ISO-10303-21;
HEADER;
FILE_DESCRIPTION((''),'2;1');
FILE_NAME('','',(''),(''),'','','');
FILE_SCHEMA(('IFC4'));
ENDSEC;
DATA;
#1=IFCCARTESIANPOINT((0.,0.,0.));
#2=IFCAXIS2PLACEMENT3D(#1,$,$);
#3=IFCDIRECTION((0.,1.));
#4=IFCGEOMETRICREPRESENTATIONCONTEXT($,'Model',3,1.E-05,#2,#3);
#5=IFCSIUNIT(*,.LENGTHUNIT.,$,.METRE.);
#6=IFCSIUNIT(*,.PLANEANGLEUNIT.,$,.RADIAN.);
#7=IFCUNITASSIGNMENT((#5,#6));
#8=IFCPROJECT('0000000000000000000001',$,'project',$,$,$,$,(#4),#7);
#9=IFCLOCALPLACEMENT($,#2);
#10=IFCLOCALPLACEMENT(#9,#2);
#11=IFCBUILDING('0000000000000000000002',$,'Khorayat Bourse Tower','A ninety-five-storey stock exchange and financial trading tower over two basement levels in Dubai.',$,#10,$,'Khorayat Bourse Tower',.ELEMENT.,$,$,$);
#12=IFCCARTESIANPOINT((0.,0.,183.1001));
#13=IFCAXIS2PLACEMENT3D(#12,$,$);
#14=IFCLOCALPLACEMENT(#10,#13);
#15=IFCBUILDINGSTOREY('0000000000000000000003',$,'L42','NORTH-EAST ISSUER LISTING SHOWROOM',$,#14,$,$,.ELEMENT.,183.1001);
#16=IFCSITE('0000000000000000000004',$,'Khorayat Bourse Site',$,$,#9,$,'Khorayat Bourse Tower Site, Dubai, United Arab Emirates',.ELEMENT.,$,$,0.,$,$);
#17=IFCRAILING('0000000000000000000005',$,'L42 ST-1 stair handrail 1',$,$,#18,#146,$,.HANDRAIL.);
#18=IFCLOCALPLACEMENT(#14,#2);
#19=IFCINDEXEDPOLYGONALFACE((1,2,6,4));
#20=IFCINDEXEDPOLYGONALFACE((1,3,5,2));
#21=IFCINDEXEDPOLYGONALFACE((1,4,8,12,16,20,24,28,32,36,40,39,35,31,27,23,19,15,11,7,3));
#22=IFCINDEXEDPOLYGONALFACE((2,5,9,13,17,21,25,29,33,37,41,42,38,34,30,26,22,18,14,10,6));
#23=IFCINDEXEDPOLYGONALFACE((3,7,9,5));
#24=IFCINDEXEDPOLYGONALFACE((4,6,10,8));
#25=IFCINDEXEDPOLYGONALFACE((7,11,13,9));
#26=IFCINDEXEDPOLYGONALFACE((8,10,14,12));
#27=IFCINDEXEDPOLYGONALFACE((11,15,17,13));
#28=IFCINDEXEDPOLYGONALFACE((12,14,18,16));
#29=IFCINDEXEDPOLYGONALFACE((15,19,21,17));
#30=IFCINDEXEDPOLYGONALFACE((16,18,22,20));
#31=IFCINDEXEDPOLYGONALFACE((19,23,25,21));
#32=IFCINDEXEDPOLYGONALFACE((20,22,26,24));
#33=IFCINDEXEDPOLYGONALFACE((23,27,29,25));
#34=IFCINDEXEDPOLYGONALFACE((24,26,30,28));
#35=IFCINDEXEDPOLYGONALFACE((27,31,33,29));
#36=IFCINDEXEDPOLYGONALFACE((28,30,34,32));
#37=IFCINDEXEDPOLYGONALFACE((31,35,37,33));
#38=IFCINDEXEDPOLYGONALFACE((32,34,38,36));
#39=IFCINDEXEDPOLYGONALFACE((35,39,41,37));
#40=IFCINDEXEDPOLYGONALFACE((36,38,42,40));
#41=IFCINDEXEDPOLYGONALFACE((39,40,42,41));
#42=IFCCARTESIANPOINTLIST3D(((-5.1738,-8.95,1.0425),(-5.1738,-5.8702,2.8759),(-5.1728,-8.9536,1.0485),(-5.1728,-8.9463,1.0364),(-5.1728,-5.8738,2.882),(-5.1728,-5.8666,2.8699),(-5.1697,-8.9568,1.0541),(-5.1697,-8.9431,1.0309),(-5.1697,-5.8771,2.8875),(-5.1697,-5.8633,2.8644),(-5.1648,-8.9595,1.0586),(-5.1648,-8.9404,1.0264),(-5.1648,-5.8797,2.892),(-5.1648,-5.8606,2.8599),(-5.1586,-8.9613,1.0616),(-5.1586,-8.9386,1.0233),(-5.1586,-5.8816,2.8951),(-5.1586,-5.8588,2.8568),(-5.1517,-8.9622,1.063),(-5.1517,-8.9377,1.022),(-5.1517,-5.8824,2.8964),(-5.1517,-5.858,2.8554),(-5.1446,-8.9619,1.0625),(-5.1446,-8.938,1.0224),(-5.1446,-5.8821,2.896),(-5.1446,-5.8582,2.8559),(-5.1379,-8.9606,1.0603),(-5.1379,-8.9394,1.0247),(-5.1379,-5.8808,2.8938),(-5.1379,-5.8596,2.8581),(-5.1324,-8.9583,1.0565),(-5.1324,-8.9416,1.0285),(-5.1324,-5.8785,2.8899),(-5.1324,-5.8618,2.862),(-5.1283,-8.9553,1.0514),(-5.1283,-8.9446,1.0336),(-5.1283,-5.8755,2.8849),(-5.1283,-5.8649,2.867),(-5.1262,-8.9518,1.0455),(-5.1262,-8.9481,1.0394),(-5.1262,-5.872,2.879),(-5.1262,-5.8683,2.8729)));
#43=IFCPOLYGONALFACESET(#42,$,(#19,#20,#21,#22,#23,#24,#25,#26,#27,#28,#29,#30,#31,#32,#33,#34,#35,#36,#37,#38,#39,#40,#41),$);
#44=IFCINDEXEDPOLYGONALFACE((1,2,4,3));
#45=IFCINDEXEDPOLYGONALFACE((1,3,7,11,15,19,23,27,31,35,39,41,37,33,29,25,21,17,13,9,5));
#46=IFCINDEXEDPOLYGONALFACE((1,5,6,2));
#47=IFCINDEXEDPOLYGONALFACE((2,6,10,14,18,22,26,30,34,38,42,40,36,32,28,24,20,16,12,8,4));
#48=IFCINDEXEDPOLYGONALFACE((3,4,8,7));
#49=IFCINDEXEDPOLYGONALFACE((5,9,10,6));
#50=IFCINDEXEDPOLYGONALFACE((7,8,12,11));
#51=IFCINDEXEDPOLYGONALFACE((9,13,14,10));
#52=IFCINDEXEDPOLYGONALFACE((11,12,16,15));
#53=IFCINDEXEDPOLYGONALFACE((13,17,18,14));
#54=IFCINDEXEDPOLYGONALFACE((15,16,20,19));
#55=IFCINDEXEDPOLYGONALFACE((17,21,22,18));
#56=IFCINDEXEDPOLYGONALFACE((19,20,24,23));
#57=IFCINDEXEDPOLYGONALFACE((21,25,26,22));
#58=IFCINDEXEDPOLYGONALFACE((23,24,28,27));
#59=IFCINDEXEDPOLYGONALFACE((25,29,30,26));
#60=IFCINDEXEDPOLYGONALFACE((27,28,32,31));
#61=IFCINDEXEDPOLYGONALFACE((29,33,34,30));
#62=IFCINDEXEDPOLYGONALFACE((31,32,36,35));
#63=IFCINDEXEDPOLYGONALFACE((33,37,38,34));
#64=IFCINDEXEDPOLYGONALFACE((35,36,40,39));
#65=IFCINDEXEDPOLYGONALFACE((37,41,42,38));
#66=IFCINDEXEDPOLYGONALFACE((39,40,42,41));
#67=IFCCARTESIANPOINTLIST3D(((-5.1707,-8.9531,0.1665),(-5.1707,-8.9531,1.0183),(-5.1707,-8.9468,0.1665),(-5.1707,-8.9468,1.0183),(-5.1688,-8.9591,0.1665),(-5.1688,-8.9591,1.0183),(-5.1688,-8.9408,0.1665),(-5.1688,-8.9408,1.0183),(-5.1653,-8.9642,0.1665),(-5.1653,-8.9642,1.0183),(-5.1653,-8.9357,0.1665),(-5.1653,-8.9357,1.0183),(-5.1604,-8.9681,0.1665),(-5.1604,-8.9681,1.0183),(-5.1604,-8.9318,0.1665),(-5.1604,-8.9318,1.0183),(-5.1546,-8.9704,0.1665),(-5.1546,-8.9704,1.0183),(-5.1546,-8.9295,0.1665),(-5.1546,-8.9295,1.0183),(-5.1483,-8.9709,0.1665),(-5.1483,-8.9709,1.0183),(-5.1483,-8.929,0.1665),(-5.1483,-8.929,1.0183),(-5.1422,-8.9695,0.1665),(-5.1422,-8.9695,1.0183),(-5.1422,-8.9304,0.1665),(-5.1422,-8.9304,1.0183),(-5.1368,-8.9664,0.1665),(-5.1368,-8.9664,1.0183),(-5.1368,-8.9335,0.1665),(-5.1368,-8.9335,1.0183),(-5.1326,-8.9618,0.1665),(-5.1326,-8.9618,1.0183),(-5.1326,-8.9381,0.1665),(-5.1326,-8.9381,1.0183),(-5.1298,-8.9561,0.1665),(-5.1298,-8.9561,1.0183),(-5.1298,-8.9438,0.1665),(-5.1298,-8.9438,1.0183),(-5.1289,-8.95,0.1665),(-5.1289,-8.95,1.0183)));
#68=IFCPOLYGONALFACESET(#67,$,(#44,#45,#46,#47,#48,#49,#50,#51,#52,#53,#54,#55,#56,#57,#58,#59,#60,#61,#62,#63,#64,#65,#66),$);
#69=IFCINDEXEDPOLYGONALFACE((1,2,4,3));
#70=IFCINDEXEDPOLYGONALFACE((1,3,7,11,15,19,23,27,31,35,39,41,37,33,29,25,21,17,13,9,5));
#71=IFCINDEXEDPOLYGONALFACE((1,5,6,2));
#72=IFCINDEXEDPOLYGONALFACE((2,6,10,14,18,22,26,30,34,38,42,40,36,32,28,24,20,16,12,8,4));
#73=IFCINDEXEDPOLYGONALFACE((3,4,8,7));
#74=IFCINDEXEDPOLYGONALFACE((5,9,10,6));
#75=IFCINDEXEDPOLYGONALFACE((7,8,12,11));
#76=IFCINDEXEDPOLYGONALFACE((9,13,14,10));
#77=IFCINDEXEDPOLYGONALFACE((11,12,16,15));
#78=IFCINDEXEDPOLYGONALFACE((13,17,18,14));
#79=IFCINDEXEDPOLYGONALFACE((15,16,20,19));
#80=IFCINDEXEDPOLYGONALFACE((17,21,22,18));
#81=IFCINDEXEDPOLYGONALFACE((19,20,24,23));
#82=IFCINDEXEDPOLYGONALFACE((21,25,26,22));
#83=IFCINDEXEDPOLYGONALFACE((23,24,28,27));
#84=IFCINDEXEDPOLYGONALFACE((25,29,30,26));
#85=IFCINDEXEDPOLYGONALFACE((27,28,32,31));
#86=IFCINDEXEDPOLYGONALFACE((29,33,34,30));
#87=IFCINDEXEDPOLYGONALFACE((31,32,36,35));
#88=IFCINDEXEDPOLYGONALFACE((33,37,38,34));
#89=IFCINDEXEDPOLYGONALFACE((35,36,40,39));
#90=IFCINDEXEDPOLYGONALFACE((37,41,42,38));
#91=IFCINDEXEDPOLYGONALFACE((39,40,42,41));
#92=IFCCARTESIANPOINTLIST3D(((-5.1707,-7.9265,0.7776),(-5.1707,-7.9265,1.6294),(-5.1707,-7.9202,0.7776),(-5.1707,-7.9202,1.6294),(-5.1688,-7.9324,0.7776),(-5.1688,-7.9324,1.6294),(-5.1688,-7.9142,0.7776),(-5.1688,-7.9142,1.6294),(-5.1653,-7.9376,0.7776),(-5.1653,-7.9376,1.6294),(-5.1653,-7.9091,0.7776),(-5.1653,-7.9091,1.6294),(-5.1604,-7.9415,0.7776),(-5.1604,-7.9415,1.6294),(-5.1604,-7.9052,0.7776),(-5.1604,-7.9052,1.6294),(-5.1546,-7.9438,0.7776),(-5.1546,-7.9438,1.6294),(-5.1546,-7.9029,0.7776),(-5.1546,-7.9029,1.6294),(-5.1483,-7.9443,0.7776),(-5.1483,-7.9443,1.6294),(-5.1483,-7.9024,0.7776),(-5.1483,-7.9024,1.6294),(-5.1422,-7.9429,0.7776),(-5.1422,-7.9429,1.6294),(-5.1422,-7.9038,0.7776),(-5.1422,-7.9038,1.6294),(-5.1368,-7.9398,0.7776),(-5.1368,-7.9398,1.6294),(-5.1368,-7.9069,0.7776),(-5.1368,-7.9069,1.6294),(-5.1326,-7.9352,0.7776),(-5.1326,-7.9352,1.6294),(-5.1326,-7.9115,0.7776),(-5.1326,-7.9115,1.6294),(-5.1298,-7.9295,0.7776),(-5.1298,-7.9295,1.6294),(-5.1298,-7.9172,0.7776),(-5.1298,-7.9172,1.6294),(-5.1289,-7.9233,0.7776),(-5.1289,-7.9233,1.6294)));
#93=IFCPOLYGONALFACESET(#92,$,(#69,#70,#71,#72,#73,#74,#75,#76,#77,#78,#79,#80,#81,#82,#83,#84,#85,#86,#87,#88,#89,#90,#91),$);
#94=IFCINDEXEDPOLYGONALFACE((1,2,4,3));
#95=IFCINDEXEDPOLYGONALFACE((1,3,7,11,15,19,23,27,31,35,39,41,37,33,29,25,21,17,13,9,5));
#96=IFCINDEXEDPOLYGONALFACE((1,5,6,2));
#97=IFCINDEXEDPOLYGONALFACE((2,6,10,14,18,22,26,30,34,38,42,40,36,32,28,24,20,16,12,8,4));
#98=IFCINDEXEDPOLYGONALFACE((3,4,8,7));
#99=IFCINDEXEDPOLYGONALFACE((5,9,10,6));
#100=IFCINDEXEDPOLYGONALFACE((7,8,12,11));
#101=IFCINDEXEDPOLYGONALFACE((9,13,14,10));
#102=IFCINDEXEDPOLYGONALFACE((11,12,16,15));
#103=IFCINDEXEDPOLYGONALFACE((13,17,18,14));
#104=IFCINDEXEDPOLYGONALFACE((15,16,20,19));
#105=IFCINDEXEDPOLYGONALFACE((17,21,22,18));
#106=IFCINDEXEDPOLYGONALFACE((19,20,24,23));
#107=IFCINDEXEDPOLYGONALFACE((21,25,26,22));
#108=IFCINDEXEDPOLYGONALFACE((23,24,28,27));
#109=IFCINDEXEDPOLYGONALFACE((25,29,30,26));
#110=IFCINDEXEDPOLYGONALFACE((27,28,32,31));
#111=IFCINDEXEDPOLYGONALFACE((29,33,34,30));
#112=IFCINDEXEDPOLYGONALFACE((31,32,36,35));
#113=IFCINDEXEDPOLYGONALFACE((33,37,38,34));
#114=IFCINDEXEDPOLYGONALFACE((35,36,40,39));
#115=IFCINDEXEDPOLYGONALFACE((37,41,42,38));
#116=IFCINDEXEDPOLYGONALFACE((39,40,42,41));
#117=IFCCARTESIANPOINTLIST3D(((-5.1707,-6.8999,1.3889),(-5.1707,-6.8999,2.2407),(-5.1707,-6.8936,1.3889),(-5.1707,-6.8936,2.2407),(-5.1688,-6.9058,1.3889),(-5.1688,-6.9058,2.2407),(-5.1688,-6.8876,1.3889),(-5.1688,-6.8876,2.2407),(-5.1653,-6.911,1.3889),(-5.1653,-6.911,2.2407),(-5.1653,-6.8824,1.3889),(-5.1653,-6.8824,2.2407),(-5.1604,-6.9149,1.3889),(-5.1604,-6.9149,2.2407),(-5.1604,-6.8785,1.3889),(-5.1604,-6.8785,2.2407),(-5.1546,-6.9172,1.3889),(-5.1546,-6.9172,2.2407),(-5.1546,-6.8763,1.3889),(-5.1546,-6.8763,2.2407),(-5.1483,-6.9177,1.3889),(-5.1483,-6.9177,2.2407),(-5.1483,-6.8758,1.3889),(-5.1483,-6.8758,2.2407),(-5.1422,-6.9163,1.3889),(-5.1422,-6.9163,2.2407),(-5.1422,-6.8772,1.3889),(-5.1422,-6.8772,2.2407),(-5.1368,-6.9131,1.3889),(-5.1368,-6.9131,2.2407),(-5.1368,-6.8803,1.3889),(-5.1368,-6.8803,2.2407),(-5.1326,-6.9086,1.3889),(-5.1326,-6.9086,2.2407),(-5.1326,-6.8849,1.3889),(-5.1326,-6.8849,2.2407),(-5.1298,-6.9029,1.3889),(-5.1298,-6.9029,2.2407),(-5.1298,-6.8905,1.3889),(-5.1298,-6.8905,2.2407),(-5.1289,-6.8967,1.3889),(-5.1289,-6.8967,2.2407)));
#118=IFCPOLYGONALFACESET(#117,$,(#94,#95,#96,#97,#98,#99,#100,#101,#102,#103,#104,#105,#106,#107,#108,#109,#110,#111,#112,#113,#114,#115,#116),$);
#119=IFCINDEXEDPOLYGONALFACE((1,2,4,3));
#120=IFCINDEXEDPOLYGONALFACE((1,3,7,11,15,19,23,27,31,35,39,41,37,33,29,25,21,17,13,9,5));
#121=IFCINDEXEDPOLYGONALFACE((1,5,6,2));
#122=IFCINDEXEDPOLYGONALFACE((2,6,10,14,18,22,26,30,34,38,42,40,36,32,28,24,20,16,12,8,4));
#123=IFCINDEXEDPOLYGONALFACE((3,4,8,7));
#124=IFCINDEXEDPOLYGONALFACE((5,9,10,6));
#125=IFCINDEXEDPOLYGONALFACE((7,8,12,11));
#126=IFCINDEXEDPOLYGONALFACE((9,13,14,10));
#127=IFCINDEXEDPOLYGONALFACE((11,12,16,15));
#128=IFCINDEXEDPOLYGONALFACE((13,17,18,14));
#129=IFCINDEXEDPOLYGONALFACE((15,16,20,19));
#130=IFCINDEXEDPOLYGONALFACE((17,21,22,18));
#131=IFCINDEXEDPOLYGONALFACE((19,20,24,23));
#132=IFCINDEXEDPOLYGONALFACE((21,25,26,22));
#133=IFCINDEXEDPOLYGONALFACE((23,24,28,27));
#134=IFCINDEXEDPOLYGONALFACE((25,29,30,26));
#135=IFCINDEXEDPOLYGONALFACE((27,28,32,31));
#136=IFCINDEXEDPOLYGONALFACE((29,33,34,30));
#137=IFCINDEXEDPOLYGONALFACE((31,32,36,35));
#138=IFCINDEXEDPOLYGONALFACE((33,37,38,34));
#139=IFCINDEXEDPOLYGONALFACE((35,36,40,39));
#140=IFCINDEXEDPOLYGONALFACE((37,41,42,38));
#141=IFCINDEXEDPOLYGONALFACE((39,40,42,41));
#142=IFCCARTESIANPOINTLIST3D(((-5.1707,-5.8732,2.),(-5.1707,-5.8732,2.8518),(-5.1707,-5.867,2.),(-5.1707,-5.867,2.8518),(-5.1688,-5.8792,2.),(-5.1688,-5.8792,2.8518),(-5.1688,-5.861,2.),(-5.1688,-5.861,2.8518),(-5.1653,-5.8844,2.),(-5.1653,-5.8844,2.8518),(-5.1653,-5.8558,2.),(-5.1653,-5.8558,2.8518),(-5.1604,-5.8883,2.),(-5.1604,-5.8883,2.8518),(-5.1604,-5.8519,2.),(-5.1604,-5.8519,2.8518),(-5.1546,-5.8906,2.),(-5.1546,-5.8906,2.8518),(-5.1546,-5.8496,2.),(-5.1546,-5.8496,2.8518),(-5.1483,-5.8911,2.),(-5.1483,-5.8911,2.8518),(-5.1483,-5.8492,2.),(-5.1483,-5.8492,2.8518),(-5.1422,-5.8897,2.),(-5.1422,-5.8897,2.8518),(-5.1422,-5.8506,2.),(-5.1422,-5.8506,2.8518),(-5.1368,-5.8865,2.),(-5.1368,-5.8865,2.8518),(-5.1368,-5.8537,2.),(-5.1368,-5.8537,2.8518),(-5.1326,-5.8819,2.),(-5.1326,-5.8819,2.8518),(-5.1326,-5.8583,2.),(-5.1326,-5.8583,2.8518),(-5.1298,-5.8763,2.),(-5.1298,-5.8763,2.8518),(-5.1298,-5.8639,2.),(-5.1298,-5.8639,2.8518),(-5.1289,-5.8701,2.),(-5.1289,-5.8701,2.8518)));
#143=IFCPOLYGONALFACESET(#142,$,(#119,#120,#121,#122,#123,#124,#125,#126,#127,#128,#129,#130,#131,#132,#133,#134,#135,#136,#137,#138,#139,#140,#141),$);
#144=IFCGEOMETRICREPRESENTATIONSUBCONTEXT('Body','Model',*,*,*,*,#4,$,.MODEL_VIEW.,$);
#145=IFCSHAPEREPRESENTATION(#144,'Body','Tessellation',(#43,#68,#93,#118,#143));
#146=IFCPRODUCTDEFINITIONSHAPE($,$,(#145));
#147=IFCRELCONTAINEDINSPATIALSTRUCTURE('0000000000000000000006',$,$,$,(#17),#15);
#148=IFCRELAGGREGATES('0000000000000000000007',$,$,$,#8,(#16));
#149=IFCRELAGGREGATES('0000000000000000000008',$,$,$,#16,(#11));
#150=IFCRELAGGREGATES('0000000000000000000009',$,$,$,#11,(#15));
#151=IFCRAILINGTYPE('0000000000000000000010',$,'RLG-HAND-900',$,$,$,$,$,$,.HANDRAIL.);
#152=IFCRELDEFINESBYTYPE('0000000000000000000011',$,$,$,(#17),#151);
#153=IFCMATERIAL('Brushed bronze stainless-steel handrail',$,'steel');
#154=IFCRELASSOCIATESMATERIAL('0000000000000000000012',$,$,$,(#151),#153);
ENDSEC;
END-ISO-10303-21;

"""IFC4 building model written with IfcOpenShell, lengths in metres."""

from ifc_helpers import new_model, si_unit, direction, frame, origin, origin_2d, place, context, subcontext, project, spatial, circle, extrude, source, transform, mapped, material, type_object, element, save


model = new_model("IFC4")

# Units and contexts
model_context = context("Model", 3, precision=1e-05, world=origin(), true_north=direction((0.0, 1.0)))
body_context = subcontext(model_context, "Body", "Model", "MODEL_VIEW")
ifc_project = project(units=[si_unit("LENGTHUNIT", "METRE"), si_unit("PLANEANGLEUNIT", "RADIAN")], contexts=[model_context])

# Site, building, storey
site_placement = place(None, origin())
site = spatial("IfcSite", under=ifc_project, at=site_placement, Name="Khorayat Bourse Site", LongName="Khorayat Bourse Tower Site, Dubai, United Arab Emirates", CompositionType="ELEMENT", RefElevation=0.0)
building_placement = place(site_placement, origin())
building = spatial("IfcBuilding", under=site, at=building_placement, Name="Khorayat Bourse Tower", Description="A ninety-five-storey stock exchange and financial trading tower over two basement levels in Dubai.", LongName="Khorayat Bourse Tower", CompositionType="ELEMENT")
storey_placement = place(building_placement, frame((0.0, 0.0, 183.1001)))
storey = spatial("IfcBuildingStorey", under=building, at=storey_placement, Name="L42", Description="NORTH-EAST ISSUER LISTING SHOWROOM", CompositionType="ELEMENT", Elevation=183.1001)

# Railing
ifc_material_1 = material(Name="Brushed bronze stainless-steel handrail", Category="steel")
railing_type_1 = type_object("IfcRailingType", Name="RLG-HAND-900", PredefinedType="HANDRAIL", material=ifc_material_1)
shared_shape_1 = source(origin(), body_context, "Body", "SweptSolid", [
    extrude(circle(Radius=0.0239, at=origin_2d()), frame((0.0, 0.0, 0.876), z_axis=(0.0, 0.859261, 0.511538), x_axis=(-1.0, 0.0, 0.0)), (0.0, 0.0, 1.0), 3.5842),
    extrude(circle(Radius=0.021, at=origin_2d()), origin(), (0.0, 0.0, 1.0), 0.8518),
    extrude(circle(Radius=0.021, at=origin_2d()), frame((0.0, 1.0266, 0.6111)), (0.0, 0.0, 1.0), 0.8518),
    extrude(circle(Radius=0.021, at=origin_2d()), frame((0.0, 2.0532, 1.2224)), (0.0, 0.0, 1.0), 0.8518),
    extrude(circle(Radius=0.021, at=origin_2d()), frame((0.0, 3.0798, 1.8335)), (0.0, 0.0, 1.0), 0.8518),
])
railing_1_placement = place(storey_placement, frame((-5.1499, -8.95, 0.1665)))
element("IfcRailing", 1, at=railing_1_placement, inside=storey, type_object=railing_type_1, Name="L42 ST-1 stair handrail 1", PredefinedType="HANDRAIL", context=body_context, shape_type="MappedRepresentation", body=[
    mapped(shared_shape_1, transform((0.0, 0.0, 0.0), scale=1.0)),
])

save(model, "model.ifc")
